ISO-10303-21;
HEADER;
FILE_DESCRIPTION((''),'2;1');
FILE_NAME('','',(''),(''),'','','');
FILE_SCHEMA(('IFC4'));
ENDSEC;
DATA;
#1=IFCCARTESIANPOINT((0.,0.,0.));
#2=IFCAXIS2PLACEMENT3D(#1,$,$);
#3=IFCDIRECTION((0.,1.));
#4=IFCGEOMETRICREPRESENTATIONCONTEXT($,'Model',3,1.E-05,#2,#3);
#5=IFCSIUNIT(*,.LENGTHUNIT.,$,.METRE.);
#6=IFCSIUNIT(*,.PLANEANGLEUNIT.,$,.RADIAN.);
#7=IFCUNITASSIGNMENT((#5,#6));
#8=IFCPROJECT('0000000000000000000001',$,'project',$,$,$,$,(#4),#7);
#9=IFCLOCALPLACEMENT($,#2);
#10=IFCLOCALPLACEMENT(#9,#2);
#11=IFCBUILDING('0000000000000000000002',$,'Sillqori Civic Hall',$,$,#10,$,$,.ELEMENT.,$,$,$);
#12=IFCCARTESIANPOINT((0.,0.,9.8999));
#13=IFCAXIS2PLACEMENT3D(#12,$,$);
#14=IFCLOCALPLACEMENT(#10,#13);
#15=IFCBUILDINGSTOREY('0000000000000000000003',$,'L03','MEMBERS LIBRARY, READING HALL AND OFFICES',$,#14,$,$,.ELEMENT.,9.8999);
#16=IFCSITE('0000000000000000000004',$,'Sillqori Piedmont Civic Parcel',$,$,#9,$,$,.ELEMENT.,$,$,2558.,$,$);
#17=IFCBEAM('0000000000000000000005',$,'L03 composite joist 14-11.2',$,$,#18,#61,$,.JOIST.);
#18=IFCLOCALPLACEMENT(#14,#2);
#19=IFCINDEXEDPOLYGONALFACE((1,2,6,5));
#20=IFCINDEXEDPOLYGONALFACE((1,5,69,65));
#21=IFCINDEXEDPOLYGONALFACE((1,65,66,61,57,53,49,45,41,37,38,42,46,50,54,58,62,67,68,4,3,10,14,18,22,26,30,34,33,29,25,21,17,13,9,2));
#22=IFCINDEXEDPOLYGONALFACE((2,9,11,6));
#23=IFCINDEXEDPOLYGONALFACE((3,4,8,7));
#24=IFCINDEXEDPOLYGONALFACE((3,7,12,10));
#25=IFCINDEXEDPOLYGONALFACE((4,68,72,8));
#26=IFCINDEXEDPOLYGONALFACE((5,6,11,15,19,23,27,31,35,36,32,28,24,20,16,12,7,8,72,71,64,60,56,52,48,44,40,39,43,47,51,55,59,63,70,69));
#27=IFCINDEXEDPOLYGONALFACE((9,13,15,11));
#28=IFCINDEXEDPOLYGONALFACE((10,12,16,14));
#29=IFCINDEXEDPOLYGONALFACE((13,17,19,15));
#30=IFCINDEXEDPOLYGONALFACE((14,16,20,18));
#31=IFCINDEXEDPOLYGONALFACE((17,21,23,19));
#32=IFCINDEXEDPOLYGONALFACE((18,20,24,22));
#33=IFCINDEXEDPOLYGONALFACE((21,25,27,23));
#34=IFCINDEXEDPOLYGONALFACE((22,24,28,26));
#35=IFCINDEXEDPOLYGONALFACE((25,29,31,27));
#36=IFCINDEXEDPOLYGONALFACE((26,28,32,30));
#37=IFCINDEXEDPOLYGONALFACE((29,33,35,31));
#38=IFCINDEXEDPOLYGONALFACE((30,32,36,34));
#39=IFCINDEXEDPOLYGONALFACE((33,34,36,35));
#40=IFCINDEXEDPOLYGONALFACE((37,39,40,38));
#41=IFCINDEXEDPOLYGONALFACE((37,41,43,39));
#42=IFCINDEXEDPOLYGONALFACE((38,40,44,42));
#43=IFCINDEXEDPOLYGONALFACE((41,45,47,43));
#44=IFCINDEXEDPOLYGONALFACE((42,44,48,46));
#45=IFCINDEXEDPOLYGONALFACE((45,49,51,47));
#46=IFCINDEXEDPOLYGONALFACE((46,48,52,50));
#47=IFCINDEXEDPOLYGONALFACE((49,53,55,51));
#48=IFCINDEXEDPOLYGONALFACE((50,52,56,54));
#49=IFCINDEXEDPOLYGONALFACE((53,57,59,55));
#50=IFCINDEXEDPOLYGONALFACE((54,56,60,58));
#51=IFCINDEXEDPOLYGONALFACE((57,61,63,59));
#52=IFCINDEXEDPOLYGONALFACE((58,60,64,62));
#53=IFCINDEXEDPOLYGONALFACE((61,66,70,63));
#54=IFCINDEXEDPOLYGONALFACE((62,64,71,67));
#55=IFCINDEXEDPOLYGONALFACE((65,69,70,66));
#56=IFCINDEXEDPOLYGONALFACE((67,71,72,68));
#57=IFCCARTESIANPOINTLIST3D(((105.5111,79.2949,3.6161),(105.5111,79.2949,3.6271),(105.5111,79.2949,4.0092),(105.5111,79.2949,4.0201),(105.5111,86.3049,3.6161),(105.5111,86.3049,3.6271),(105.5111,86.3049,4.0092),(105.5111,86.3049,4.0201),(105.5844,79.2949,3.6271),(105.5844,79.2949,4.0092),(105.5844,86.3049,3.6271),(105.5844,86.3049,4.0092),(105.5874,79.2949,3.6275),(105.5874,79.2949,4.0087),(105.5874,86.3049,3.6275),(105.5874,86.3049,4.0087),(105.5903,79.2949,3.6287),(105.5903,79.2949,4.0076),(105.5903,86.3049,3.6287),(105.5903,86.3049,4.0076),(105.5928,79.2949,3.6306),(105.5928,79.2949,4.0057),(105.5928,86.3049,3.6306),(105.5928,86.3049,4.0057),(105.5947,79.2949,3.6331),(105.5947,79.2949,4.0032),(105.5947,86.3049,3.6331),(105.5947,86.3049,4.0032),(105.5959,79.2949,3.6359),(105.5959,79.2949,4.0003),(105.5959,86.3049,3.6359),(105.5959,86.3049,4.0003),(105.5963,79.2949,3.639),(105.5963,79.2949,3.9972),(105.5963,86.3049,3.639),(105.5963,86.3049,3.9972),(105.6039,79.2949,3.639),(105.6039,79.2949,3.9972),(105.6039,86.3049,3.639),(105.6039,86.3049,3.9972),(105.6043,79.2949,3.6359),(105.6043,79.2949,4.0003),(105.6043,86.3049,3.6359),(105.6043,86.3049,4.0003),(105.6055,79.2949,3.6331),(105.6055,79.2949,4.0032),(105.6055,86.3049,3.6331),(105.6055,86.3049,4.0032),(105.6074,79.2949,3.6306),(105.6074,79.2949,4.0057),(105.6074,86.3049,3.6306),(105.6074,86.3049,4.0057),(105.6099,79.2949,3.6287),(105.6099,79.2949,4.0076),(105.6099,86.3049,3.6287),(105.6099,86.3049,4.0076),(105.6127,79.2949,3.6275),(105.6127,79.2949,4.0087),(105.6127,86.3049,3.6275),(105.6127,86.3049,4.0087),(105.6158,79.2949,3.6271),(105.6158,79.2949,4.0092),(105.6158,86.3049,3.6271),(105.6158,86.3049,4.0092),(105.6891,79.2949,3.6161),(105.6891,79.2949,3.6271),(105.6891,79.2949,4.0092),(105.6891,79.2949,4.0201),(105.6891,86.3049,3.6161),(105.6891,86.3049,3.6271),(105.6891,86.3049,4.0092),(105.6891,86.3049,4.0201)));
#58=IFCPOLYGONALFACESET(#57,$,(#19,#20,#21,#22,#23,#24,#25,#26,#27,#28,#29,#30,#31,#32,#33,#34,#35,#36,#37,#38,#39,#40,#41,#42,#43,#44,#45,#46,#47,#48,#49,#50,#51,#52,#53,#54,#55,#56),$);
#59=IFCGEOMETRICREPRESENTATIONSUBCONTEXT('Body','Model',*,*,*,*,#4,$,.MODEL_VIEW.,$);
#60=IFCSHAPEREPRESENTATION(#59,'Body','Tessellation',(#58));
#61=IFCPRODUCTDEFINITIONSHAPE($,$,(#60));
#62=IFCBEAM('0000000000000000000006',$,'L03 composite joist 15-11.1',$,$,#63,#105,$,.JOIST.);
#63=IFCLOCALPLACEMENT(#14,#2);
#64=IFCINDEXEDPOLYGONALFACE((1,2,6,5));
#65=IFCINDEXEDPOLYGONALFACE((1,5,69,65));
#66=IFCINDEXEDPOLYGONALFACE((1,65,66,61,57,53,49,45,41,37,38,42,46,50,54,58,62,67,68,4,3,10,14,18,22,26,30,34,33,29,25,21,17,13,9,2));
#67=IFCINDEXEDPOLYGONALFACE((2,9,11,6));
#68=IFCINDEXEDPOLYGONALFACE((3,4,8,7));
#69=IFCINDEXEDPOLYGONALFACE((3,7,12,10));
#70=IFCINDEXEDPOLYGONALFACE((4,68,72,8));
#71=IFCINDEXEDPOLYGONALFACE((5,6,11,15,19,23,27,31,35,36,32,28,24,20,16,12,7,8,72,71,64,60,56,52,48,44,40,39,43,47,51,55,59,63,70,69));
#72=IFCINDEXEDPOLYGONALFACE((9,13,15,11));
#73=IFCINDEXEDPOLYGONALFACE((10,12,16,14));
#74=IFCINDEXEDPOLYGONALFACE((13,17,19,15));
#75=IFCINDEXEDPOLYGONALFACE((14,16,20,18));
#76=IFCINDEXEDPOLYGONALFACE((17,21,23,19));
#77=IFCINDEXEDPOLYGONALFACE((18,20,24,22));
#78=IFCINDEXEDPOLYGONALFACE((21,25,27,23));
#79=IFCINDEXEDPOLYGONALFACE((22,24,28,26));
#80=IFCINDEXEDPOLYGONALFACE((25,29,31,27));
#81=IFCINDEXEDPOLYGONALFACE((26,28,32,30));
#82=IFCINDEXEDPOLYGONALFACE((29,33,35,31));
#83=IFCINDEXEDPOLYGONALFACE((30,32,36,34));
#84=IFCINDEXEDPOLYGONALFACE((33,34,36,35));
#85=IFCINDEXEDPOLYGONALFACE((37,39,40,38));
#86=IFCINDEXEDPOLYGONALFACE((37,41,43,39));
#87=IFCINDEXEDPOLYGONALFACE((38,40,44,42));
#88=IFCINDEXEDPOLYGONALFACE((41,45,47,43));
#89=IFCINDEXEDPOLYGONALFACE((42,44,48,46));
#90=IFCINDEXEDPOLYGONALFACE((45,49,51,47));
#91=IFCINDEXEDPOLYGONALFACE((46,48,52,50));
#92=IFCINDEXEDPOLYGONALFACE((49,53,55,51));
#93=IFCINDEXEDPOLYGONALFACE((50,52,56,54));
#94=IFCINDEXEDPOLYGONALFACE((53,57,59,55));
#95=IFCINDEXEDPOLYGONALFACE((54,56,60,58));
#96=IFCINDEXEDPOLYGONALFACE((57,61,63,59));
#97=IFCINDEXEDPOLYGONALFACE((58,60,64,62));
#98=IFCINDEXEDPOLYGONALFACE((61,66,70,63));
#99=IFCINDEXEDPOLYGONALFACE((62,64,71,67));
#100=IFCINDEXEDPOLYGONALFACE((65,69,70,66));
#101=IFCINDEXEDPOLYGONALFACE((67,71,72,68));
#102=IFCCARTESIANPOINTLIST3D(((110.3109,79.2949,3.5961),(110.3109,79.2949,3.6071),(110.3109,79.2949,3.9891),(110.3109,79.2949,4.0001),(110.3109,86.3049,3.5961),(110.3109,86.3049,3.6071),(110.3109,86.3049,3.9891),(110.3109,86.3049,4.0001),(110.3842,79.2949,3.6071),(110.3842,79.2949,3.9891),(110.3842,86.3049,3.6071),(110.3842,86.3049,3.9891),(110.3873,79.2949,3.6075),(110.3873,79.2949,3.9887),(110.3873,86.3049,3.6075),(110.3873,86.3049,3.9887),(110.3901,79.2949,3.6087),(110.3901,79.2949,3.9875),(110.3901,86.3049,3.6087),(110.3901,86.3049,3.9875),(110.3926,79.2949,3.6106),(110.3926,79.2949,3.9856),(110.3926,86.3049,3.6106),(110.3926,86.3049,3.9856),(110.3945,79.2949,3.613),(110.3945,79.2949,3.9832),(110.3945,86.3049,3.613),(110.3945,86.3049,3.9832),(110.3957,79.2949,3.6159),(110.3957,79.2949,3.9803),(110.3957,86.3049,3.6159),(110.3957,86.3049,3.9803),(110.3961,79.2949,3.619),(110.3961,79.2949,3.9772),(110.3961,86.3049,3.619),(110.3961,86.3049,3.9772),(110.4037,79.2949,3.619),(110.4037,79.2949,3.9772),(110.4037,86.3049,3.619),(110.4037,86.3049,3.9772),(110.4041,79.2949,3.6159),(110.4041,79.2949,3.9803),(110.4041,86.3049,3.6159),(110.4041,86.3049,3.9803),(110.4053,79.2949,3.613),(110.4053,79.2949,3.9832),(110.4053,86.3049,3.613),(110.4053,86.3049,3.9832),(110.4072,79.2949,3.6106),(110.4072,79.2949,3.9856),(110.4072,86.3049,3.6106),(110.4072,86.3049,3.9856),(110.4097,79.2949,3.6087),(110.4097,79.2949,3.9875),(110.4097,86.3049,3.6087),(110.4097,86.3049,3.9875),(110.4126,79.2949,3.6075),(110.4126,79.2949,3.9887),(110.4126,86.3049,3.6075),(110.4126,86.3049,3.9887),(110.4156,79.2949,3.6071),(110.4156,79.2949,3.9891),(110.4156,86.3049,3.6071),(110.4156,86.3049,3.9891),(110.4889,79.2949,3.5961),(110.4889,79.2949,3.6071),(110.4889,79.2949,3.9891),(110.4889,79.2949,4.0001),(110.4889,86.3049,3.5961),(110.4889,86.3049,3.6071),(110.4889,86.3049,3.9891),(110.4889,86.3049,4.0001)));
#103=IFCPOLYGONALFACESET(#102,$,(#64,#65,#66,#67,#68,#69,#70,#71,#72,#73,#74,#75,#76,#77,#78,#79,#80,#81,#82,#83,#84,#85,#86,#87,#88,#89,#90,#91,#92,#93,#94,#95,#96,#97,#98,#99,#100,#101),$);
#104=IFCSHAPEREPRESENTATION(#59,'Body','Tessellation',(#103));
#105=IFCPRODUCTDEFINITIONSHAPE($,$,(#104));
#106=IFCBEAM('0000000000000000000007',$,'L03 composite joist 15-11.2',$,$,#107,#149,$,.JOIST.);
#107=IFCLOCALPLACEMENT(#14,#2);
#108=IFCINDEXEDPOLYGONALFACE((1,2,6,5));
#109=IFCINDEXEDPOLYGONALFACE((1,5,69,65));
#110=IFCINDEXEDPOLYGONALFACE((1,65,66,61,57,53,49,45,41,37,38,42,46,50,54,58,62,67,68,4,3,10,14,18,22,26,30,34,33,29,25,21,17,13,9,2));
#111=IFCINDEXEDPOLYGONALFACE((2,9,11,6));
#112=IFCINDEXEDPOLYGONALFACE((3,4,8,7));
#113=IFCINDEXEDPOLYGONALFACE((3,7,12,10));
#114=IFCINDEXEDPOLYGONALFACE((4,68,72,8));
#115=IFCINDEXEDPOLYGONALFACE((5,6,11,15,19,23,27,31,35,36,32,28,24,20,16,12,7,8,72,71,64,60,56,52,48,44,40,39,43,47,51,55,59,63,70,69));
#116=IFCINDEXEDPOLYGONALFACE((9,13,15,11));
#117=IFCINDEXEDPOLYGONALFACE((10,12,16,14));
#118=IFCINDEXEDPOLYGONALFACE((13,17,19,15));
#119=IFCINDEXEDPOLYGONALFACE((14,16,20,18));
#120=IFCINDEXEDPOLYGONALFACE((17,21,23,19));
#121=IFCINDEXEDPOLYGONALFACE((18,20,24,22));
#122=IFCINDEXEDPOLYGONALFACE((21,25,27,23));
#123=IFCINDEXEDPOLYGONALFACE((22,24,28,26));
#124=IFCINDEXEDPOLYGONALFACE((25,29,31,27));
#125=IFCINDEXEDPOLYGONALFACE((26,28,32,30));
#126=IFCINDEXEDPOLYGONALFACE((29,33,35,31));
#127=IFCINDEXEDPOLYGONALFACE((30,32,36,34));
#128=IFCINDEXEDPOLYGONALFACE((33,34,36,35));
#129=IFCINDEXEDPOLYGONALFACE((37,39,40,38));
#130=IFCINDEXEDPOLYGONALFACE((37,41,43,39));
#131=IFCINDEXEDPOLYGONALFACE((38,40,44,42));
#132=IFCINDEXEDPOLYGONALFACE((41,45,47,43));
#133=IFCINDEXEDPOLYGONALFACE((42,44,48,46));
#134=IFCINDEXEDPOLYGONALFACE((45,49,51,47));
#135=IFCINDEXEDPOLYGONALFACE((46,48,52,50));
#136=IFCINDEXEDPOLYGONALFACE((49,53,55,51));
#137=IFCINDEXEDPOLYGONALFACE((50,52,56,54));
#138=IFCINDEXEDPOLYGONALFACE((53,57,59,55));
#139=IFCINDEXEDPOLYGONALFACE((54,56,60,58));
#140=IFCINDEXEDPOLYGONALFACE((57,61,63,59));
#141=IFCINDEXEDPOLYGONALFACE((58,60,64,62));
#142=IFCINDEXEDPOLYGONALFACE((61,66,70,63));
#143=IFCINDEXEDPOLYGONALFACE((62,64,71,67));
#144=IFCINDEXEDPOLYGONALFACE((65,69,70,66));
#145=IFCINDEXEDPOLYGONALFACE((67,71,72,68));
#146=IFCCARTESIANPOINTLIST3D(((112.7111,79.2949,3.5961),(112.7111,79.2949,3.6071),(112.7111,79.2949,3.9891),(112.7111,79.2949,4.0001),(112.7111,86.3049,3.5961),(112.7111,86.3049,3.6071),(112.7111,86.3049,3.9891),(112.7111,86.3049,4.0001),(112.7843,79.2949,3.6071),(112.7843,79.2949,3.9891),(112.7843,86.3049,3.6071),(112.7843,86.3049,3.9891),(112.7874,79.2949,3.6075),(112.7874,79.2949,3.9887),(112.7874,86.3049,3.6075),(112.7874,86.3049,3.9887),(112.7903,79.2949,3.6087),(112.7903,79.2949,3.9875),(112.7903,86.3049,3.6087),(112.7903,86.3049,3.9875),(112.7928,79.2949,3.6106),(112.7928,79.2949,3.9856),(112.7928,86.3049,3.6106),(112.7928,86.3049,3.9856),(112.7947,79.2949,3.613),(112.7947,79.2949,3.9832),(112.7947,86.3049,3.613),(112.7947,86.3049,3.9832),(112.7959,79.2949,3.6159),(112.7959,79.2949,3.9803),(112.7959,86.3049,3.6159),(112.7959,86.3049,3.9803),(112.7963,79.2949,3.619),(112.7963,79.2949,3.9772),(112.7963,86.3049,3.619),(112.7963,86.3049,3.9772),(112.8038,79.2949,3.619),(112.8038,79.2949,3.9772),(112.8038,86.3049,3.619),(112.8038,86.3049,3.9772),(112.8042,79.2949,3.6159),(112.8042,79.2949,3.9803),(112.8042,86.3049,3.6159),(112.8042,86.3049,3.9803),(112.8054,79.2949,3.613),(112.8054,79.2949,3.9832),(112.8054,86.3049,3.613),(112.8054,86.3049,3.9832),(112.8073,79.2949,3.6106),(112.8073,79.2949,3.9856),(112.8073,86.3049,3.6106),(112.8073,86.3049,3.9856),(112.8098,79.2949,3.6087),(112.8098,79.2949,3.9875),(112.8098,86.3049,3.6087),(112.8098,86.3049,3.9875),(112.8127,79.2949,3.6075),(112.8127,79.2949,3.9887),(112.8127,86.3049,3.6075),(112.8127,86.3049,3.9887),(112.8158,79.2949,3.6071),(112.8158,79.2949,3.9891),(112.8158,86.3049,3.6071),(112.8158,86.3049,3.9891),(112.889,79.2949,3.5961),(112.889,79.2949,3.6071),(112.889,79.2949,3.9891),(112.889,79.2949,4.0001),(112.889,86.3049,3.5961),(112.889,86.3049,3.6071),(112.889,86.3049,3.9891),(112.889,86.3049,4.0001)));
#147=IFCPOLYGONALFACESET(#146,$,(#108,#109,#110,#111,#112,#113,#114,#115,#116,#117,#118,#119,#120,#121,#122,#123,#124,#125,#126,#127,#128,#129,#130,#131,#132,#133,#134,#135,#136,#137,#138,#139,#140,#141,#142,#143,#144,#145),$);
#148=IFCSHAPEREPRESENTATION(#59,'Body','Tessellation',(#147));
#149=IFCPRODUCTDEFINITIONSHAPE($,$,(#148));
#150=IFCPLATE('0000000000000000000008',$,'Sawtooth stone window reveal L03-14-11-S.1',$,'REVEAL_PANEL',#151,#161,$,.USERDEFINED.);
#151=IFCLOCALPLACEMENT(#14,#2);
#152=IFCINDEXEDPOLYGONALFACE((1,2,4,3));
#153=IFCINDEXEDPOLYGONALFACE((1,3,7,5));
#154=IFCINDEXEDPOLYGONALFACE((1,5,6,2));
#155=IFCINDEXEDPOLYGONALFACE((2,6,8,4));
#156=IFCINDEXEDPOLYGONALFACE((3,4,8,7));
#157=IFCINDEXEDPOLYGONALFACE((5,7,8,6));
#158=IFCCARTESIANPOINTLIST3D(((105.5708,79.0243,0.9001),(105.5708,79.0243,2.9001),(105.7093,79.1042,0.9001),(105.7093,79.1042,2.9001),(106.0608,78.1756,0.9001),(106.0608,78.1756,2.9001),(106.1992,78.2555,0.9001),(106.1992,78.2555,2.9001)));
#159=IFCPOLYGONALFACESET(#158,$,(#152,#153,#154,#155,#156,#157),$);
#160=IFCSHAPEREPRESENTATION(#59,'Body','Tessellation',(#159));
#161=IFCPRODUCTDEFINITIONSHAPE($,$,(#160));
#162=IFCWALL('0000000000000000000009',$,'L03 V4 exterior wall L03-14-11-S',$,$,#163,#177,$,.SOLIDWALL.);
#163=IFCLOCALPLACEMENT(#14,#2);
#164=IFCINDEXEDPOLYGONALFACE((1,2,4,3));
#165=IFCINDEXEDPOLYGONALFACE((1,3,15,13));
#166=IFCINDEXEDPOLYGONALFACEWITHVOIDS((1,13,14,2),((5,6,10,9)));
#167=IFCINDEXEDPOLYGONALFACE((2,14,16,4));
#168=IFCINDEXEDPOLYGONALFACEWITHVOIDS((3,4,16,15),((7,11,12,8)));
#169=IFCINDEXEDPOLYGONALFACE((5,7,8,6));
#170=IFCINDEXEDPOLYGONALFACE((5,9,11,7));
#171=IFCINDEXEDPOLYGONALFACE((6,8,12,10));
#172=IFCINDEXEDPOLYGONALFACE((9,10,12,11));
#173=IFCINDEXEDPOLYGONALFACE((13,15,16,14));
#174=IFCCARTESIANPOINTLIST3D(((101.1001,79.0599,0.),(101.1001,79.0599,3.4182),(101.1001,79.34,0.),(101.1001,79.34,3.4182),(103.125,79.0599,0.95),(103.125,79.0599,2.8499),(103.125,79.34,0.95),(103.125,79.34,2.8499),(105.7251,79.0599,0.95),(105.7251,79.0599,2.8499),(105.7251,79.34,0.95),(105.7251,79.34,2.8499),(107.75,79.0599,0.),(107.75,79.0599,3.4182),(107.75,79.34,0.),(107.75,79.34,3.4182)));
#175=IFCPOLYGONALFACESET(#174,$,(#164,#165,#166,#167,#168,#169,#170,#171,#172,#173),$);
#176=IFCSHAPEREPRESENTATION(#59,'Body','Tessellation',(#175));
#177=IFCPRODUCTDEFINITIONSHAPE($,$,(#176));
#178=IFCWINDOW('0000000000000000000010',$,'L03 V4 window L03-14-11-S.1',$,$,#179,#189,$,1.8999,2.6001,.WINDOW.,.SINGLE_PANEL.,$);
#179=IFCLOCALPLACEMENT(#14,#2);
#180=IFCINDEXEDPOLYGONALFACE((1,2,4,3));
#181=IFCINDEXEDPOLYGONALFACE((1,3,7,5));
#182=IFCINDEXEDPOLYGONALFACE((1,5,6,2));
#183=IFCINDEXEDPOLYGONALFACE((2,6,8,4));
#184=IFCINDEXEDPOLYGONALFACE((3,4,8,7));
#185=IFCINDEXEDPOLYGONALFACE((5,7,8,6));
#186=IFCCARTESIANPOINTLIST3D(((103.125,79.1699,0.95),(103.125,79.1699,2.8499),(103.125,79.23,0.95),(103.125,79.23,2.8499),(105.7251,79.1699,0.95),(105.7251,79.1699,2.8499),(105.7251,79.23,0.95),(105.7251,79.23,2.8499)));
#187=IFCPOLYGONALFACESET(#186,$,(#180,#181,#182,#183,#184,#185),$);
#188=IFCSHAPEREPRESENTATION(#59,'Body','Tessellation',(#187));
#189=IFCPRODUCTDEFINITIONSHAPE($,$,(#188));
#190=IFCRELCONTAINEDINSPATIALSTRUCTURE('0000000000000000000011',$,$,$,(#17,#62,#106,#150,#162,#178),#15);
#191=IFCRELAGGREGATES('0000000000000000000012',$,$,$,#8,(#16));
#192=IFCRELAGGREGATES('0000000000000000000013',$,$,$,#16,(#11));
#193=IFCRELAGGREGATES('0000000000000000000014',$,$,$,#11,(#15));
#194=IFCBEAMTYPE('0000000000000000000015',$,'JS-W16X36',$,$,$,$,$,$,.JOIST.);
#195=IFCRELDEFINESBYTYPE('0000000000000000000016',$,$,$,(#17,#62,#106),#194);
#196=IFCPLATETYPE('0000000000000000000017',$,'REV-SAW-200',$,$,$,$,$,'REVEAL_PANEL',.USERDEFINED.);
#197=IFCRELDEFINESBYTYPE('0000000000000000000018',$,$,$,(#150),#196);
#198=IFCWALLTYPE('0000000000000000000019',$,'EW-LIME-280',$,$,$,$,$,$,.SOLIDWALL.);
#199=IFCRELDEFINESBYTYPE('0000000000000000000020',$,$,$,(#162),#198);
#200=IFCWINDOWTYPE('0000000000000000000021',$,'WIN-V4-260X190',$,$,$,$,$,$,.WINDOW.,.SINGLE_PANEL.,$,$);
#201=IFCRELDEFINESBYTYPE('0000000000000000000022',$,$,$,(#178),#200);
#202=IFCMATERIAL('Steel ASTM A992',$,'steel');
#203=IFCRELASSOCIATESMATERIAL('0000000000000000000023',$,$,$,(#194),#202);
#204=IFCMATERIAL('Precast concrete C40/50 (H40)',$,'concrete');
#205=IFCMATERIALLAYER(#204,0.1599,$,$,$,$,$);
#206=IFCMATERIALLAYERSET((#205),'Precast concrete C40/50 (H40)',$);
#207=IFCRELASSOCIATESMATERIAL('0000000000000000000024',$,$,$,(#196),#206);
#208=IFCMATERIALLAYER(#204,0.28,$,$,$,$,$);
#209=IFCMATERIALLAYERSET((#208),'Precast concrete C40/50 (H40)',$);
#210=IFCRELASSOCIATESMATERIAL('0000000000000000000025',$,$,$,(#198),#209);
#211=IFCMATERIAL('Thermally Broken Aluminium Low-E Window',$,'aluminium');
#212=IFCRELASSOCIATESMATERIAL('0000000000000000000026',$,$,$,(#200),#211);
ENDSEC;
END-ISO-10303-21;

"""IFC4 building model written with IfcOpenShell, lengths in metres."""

from ifc_helpers import new_model, si_unit, direction, frame, frame_2d, origin, origin_2d, place, context, subcontext, project, spatial, rectangle, i_section, extrude, material, layer, layer_set, material_profile, profile_set, type_object, element, fill, save


model = new_model("IFC4")

# Units and contexts
model_context = context("Model", 3, precision=1e-05, world=origin(), true_north=direction((0.0, 1.0)))
body_context = subcontext(model_context, "Body", "Model", "MODEL_VIEW")
ifc_project = project(units=[si_unit("LENGTHUNIT", "METRE"), si_unit("PLANEANGLEUNIT", "RADIAN")], contexts=[model_context])

# Site, building, storey
site_placement = place(None, origin())
site = spatial("IfcSite", under=ifc_project, at=site_placement, Name="Sillqori Piedmont Civic Parcel", CompositionType="ELEMENT", RefElevation=2558.0)
building_placement = place(site_placement, origin())
building = spatial("IfcBuilding", under=site, at=building_placement, Name="Sillqori Civic Hall", CompositionType="ELEMENT")
storey_placement = place(building_placement, frame((0.0, 0.0, 9.8999)))
storey = spatial("IfcBuildingStorey", under=building, at=storey_placement, Name="L03", Description="MEMBERS LIBRARY, READING HALL AND OFFICES", CompositionType="ELEMENT", Elevation=9.8999)

# Shared definitions
ifc_material_1 = material(Name="Steel ASTM A992", Category="steel")

# Beams
ifc_material_profile_1 = material_profile(ifc_material_1, i_section(OverallWidth=0.178, OverallDepth=0.4041, WebThickness=0.0076, FlangeThickness=0.011, FilletRadius=0.012, at=origin_2d()), Name="W16X36")
ifc_profile_set_1 = profile_set([ifc_material_profile_1], Name="Steel ASTM A992")
beam_type_1 = type_object("IfcBeamType", Name="JS-W16X36", PredefinedType="JOIST", material=ifc_profile_set_1)
for number, where, z_axis, x_axis, name in (
    (1, (105.6001, 79.2949, 3.8181), (0.0, 1.0, 0.0), (-1.0, 0.0, 0.0), "L03 composite joist 14-11.2"),
    (2, (110.3999, 79.2949, 3.7981), (0.0, 1.0, 0.0), (-1.0, 0.0, 0.0), "L03 composite joist 15-11.1"),
    (3, (112.8, 79.2949, 3.7981), (0.0, 1.0, 0.0), (-1.0, 0.0, 0.0), "L03 composite joist 15-11.2"),
):
    element("IfcBeam", number, at=place(storey_placement, frame(where, z_axis=z_axis, x_axis=x_axis)), inside=storey, type_object=beam_type_1, Name=name, PredefinedType="JOIST", context=body_context, shape_type="SweptSolid", body=[
        extrude(i_section(OverallWidth=0.178, OverallDepth=0.4041, WebThickness=0.0076, FlangeThickness=0.011, FilletRadius=0.012, at=origin_2d()), origin(), (0.0, 0.0, 1.0), 7.01),
    ])

# Plate
ifc_material_2 = material(Name="Precast concrete C40/50 (H40)", Category="concrete")
ifc_layer_1 = layer(ifc_material_2, 0.1599)
ifc_layer_set_1 = layer_set([ifc_layer_1], Name="Precast concrete C40/50 (H40)")
plate_type_1 = type_object("IfcPlateType", Name="REV-SAW-200", ElementType="REVEAL_PANEL", PredefinedType="USERDEFINED", material=ifc_layer_set_1)
plate_1_placement = place(storey_placement, frame((105.885, 78.6399, 0.9001), z_axis=(0.0, 0.0, 1.0), x_axis=(-0.866025, -0.5, 0.0)))
element("IfcPlate", 4, at=plate_1_placement, inside=storey, type_object=plate_type_1, Name="Sawtooth stone window reveal L03-14-11-S.1", ObjectType="REVEAL_PANEL", PredefinedType="USERDEFINED", context=body_context, shape_type="SweptSolid", body=[
    extrude(rectangle(XDim=0.1599, YDim=0.98, at=origin_2d()), origin(), (0.0, 0.0, 1.0), 2.0),
])

# Wall, opening, window
ifc_layer_2 = layer(ifc_material_2, 0.28)
ifc_layer_set_2 = layer_set([ifc_layer_2], Name="Precast concrete C40/50 (H40)")
wall_type = type_object("IfcWallType", Name="EW-LIME-280", PredefinedType="SOLIDWALL", material=ifc_layer_set_2)
wall_placement = place(storey_placement, frame((107.75, 79.2, 0.0), z_axis=(0.0, 0.0, 1.0), x_axis=(-1.0, 0.0, 0.0)))
wall = element("IfcWall", 5, at=wall_placement, inside=storey, type_object=wall_type, Name="L03 V4 exterior wall L03-14-11-S", PredefinedType="SOLIDWALL", context=body_context, shape_type="SweptSolid", body=[
    extrude(rectangle(XDim=6.6499, YDim=0.28, at=frame_2d((3.325, 0.0))), origin(), (0.0, 0.0, 1.0), 3.4182),
])
opening_placement = place(wall_placement, frame((2.0249, 0.0, 0.95)))
opening = element("IfcOpeningElement", 6, at=opening_placement, cuts=wall, PredefinedType="OPENING", context=body_context, shape_type="SweptSolid", body=[
    extrude(rectangle(XDim=2.6001, YDim=1.8999, at=frame_2d((1.3, 0.95))), frame((0.0, 0.1499, 0.0), z_axis=(0.0, -1.0, 0.0), x_axis=(1.0, 0.0, 0.0)), (0.0, 0.0, 1.0), 0.3),
])
ifc_material_3 = material(Name="Thermally Broken Aluminium Low-E Window", Category="aluminium")
window_type = type_object("IfcWindowType", Name="WIN-V4-260X190", PartitioningType="SINGLE_PANEL", PredefinedType="WINDOW", material=ifc_material_3)
window_placement = place(opening_placement, origin())
window = element("IfcWindow", 7, at=window_placement, inside=storey, type_object=window_type, Name="L03 V4 window L03-14-11-S.1", OverallHeight=1.8999, OverallWidth=2.6001, PartitioningType="SINGLE_PANEL", PredefinedType="WINDOW", context=body_context, shape_type="SweptSolid", body=[
    extrude(rectangle(XDim=2.6001, YDim=1.8999, at=frame_2d((1.3, 0.95))), frame((0.0, 0.03, 0.0), z_axis=(0.0, -1.0, 0.0), x_axis=(1.0, 0.0, 0.0)), (0.0, 0.0, 1.0), 0.0601),
])
fill(opening, window)

save(model, "model.ifc")
